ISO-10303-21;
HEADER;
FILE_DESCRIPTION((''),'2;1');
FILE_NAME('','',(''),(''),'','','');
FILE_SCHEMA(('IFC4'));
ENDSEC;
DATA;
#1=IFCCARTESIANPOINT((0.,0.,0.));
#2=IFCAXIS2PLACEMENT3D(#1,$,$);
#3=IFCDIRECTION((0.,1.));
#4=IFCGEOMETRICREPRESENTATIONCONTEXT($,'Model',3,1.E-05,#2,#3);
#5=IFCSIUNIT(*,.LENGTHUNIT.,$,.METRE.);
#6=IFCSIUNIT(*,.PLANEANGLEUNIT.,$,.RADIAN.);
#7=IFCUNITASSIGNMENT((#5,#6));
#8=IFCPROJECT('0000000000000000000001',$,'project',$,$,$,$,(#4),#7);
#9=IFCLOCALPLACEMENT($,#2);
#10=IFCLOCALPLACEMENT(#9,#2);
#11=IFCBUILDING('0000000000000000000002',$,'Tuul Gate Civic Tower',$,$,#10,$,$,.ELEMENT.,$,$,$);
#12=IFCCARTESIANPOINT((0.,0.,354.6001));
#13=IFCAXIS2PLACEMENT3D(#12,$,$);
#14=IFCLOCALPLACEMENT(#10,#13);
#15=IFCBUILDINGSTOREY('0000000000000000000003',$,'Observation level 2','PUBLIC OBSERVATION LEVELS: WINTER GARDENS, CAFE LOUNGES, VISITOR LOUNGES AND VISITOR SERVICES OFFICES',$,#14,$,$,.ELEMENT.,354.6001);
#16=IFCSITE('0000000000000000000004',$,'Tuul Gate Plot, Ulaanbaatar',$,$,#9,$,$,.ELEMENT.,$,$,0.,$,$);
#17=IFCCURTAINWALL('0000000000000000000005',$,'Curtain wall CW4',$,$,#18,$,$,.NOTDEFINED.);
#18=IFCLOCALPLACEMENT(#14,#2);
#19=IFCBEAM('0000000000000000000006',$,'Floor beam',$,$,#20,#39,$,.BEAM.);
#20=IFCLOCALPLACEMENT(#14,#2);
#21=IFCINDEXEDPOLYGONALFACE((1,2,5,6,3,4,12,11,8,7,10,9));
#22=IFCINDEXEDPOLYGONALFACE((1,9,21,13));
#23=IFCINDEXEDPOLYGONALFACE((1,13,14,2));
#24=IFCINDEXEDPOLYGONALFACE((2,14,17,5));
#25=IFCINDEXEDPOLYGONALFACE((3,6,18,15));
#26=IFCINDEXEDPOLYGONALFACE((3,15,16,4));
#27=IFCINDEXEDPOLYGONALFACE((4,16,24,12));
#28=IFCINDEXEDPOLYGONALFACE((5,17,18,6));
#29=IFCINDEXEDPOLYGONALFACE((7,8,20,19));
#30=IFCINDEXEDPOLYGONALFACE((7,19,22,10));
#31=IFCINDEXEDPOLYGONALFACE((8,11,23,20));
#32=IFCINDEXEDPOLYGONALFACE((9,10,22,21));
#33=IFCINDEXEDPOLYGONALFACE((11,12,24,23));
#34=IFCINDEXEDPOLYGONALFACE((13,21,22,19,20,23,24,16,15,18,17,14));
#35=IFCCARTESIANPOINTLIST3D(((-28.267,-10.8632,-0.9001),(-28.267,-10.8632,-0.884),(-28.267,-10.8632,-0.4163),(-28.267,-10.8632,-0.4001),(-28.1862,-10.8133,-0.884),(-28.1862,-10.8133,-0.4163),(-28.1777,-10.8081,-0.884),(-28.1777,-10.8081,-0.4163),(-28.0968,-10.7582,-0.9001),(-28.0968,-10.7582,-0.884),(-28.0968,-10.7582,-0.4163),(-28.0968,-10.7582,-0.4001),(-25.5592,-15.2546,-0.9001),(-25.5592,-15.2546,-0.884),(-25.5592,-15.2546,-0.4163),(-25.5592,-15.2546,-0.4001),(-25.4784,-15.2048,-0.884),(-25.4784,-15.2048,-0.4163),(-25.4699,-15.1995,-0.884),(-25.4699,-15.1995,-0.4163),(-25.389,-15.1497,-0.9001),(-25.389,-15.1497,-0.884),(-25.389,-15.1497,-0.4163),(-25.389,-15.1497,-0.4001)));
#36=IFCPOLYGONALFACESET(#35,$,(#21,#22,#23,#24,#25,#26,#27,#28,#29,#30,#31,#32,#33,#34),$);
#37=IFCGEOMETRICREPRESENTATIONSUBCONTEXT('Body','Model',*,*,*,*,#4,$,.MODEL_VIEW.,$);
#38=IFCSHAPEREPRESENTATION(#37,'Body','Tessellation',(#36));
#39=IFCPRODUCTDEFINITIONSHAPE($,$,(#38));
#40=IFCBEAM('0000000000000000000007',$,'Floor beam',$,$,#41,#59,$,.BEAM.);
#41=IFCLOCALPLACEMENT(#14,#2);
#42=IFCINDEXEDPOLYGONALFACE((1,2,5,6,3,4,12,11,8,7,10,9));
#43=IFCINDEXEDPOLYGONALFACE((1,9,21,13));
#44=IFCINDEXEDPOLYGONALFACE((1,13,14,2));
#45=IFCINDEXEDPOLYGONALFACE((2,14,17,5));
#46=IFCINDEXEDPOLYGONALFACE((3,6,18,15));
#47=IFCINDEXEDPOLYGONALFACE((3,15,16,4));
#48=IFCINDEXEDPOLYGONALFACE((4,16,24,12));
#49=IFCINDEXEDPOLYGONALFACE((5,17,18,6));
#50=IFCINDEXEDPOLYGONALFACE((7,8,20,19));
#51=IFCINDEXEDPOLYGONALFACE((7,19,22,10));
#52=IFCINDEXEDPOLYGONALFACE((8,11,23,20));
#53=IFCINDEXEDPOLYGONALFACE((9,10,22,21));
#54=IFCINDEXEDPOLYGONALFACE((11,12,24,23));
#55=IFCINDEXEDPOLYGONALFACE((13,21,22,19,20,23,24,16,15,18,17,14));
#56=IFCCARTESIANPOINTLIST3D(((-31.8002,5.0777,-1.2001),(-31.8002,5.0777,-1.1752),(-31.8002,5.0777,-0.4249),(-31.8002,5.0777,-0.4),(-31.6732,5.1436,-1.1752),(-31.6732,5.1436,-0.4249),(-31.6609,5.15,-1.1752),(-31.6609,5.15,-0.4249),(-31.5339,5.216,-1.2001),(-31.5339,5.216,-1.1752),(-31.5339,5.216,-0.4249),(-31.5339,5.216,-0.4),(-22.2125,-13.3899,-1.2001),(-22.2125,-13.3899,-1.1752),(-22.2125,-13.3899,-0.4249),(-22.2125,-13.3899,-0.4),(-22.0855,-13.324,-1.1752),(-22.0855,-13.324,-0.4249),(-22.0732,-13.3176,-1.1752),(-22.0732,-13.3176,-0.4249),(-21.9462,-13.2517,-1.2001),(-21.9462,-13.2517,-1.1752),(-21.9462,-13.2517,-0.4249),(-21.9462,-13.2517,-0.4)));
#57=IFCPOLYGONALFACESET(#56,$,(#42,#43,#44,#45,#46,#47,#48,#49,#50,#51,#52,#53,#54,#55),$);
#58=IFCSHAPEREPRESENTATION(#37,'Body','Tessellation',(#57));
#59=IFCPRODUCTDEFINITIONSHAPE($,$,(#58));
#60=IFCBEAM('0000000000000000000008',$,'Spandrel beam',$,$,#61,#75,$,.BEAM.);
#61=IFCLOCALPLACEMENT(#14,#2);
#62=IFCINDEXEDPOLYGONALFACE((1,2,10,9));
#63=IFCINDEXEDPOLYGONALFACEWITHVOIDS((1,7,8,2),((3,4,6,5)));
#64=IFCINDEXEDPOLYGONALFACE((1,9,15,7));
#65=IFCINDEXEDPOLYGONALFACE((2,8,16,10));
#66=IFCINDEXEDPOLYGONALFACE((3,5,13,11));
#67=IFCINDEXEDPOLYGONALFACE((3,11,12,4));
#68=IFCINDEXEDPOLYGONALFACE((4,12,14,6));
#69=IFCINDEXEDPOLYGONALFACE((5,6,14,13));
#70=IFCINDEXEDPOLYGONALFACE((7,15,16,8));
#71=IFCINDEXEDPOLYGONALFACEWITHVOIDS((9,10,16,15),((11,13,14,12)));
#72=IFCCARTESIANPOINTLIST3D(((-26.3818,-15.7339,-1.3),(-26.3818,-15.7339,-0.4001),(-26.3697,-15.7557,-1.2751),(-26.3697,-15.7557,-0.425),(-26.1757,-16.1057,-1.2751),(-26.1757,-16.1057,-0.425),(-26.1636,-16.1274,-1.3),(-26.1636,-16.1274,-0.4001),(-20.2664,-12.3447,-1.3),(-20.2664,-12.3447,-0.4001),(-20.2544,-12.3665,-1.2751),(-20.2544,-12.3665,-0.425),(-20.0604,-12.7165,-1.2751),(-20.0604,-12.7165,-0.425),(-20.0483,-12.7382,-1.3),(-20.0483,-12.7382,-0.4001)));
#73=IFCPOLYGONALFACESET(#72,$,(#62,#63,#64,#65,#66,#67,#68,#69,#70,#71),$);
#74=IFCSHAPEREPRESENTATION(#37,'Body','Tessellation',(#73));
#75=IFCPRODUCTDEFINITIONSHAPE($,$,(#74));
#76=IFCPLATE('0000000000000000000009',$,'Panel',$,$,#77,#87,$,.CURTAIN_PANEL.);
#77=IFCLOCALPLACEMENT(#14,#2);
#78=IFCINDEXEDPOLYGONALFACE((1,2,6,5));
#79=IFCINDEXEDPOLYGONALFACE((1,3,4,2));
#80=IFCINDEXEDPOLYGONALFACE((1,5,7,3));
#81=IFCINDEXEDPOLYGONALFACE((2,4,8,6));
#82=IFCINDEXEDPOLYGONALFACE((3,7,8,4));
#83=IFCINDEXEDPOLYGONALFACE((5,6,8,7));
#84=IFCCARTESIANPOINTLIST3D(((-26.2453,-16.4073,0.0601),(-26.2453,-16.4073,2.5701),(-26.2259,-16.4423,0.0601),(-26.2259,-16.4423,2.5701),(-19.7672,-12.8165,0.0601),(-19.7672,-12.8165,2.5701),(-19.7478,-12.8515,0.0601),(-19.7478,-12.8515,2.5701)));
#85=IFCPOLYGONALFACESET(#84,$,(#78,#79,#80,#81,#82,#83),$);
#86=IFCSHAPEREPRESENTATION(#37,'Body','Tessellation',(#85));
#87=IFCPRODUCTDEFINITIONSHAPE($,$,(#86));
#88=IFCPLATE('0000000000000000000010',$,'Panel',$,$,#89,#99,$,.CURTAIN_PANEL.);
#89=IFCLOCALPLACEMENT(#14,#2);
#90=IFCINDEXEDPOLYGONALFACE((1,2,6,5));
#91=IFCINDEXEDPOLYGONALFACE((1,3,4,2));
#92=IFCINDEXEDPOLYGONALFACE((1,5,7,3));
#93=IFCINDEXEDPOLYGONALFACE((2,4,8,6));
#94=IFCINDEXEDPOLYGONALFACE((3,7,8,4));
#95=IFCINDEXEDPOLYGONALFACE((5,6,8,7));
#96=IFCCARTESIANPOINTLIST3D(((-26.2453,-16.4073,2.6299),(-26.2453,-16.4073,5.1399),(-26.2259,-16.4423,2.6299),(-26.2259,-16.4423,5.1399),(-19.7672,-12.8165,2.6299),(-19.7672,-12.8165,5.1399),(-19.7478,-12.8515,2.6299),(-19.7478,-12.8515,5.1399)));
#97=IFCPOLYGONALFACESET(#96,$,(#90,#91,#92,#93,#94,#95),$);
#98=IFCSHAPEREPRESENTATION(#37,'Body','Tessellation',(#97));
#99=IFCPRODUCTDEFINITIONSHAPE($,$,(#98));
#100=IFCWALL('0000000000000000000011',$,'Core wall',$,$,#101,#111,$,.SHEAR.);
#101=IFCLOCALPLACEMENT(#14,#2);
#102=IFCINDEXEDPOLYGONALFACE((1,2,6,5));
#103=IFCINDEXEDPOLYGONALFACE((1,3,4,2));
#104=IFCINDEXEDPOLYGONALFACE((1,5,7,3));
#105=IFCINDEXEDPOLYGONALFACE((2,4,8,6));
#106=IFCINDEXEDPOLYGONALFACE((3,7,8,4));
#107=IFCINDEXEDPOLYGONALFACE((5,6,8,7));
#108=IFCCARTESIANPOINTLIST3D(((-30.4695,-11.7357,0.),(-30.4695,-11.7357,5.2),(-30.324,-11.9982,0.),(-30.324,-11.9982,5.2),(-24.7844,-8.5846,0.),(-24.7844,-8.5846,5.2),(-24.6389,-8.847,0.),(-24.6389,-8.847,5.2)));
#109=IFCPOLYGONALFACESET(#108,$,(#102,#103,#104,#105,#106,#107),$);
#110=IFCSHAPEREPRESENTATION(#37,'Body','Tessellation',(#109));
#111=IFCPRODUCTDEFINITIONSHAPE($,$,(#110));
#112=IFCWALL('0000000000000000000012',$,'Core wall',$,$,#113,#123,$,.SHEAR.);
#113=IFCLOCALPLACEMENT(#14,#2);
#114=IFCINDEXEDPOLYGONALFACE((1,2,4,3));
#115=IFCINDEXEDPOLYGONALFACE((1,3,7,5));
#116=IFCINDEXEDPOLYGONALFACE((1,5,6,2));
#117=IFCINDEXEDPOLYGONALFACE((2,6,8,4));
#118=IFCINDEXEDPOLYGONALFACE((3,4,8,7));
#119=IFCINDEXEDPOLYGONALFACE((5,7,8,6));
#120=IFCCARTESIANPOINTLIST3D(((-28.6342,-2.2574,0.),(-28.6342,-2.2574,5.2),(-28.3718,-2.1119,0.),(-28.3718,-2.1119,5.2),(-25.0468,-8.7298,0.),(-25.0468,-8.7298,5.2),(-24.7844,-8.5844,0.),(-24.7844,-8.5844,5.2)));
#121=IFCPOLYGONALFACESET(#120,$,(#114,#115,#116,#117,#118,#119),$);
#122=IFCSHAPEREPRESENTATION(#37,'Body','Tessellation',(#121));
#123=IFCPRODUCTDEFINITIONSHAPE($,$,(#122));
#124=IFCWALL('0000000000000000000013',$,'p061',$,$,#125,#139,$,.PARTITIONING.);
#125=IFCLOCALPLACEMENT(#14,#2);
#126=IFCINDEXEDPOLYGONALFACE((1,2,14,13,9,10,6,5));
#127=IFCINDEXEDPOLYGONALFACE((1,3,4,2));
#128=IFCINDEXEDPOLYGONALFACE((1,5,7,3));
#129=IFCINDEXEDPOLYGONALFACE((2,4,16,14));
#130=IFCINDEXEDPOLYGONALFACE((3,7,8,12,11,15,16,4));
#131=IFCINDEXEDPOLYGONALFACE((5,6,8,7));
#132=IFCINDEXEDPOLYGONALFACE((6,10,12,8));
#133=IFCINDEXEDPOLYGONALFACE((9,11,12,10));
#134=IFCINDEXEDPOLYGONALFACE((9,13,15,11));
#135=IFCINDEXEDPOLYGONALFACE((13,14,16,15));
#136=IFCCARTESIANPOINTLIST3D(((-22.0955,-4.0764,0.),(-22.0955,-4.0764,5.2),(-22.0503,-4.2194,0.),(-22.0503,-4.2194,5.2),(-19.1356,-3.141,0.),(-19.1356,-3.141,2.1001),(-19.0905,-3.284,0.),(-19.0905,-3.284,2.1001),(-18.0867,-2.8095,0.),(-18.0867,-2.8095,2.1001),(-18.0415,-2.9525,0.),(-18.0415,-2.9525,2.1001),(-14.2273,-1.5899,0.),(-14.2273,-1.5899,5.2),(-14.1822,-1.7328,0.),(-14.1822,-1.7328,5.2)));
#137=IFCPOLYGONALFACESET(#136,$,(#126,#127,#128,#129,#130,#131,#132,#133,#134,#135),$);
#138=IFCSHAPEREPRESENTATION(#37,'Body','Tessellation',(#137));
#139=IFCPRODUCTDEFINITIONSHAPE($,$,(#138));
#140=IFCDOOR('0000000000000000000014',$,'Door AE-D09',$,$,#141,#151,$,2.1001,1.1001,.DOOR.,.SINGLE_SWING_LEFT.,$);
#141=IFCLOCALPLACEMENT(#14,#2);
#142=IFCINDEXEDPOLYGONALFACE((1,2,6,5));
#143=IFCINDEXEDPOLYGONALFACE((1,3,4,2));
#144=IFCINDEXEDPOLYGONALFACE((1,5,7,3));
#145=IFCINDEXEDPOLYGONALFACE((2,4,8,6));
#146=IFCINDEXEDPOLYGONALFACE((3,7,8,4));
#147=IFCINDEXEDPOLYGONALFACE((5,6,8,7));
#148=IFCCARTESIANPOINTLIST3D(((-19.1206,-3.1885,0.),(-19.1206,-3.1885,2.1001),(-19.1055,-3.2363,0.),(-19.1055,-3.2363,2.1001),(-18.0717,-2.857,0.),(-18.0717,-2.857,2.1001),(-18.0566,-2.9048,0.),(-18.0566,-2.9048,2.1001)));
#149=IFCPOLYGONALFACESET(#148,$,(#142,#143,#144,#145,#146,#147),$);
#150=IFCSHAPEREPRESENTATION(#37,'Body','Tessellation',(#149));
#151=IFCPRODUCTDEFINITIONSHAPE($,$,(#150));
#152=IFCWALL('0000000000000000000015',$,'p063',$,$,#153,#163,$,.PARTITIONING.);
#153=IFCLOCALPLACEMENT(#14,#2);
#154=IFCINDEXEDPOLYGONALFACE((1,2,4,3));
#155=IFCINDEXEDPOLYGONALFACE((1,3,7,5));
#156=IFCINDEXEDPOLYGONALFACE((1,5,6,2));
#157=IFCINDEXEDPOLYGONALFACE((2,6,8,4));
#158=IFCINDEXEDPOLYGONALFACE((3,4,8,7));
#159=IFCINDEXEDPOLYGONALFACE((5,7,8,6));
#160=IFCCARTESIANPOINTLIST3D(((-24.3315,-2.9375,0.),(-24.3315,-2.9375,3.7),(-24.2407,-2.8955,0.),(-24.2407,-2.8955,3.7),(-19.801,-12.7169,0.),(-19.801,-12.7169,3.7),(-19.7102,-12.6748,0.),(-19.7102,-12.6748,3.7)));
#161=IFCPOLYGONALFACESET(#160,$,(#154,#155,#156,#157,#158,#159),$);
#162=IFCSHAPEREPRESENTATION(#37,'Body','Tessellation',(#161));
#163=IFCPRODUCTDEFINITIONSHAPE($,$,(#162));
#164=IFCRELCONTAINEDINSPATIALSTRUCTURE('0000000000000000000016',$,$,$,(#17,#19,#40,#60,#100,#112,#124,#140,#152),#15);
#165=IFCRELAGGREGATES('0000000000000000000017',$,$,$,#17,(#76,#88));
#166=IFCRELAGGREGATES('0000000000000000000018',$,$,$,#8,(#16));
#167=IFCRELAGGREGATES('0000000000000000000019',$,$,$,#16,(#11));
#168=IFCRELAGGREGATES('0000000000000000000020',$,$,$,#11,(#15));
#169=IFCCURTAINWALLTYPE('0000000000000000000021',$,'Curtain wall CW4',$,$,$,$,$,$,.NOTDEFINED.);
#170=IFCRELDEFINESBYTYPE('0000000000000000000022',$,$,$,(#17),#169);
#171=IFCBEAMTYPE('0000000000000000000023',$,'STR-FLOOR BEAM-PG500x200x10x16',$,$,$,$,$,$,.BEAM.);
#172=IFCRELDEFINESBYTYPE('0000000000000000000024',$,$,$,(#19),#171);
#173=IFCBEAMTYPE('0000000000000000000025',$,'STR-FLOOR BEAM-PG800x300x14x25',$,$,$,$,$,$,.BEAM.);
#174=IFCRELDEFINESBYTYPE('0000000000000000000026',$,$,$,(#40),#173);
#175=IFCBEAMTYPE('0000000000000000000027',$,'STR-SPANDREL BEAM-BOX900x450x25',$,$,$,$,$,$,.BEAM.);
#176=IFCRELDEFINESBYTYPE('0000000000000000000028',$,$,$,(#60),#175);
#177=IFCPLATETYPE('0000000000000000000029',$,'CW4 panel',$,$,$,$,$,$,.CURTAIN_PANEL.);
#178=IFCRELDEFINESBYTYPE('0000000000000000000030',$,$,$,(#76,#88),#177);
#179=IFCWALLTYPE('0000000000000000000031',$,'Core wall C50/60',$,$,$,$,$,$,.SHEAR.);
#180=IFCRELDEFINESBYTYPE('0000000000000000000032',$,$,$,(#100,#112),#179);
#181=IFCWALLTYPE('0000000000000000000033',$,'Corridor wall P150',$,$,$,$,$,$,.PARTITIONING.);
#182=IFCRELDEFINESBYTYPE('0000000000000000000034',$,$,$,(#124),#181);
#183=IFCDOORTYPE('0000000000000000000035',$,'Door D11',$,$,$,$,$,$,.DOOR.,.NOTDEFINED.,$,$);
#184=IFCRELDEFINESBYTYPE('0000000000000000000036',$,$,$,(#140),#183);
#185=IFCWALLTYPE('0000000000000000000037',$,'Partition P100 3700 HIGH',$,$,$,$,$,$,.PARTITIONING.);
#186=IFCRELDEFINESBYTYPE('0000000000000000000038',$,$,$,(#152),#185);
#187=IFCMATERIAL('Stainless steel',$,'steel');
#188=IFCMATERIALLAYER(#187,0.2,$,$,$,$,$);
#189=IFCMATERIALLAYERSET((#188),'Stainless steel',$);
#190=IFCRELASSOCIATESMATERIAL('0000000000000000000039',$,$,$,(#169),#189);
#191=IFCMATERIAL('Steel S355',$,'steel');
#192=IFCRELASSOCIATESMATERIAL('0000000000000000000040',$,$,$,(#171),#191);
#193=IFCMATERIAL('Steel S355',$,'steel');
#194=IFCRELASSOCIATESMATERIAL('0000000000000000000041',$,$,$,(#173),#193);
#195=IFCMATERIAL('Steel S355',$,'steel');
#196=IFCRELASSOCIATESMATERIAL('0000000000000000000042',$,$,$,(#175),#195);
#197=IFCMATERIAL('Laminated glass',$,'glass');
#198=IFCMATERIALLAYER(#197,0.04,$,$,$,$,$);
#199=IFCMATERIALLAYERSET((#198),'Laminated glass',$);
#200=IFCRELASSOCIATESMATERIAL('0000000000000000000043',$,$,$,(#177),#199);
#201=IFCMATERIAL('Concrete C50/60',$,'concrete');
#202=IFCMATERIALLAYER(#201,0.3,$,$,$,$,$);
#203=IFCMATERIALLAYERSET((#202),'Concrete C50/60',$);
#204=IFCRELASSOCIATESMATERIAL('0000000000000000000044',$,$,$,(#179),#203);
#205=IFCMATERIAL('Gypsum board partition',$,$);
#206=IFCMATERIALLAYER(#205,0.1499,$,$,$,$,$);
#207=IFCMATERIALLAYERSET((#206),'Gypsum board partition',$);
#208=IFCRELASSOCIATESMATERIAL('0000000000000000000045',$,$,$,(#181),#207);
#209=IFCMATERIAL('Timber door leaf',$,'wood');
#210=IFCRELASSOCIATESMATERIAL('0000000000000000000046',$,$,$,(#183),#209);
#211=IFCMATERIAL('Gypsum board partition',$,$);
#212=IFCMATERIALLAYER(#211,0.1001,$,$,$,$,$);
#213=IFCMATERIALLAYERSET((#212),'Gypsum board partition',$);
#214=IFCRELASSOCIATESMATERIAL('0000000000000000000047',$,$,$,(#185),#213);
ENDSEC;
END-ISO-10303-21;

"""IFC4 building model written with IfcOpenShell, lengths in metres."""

from ifc_helpers import new_model, si_unit, direction, frame, frame_2d, origin, origin_2d, place, context, subcontext, project, spatial, rectangle, hollow_rectangle, i_section, extrude, material, layer, layer_set, material_profile, profile_set, type_object, element, fill, aggregate, save


model = new_model("IFC4")

# Units and contexts
model_context = context("Model", 3, precision=1e-05, world=origin(), true_north=direction((0.0, 1.0)))
body_context = subcontext(model_context, "Body", "Model", "MODEL_VIEW")
ifc_project = project(units=[si_unit("LENGTHUNIT", "METRE"), si_unit("PLANEANGLEUNIT", "RADIAN")], contexts=[model_context])

# Site, building, storey
site_placement = place(None, origin())
site = spatial("IfcSite", under=ifc_project, at=site_placement, Name="Tuul Gate Plot, Ulaanbaatar", CompositionType="ELEMENT", RefElevation=0.0)
building_placement = place(site_placement, origin())
building = spatial("IfcBuilding", under=site, at=building_placement, Name="Tuul Gate Civic Tower", CompositionType="ELEMENT")
storey_placement = place(building_placement, frame((0.0, 0.0, 354.6001)))
storey = spatial("IfcBuildingStorey", under=building, at=storey_placement, Name="Observation level 2", Description="PUBLIC OBSERVATION LEVELS: WINTER GARDENS, CAFE LOUNGES, VISITOR LOUNGES AND VISITOR SERVICES OFFICES", CompositionType="ELEMENT", Elevation=354.6001)

# Shared definitions
ifc_material_1 = material(Name="Stainless steel", Category="steel")
ifc_layer_1 = layer(ifc_material_1, 0.2)
ifc_layer_set_1 = layer_set([ifc_layer_1], Name="Stainless steel")
curtain_wall_type = type_object("IfcCurtainWallType", Name="Curtain wall CW4", PredefinedType="NOTDEFINED", material=ifc_layer_set_1)

# Curtain wall
curtain_wall_1_placement = place(storey_placement, origin())
curtain_wall_1 = element("IfcCurtainWall", 1, at=curtain_wall_1_placement, inside=storey, type_object=curtain_wall_type, Name="Curtain wall CW4", PredefinedType="NOTDEFINED")

# Beams
ifc_material_2 = material(Name="Steel S355", Category="steel")
ifc_material_profile_1 = material_profile(ifc_material_2, i_section(OverallWidth=0.2, OverallDepth=0.5, WebThickness=0.01, FlangeThickness=0.0161, at=origin_2d()), Name="PG500x200x10x16")
ifc_profile_set_1 = profile_set([ifc_material_profile_1], Name="Steel S355")
beam_type_1 = type_object("IfcBeamType", Name="STR-FLOOR BEAM-PG500x200x10x16", PredefinedType="BEAM", material=ifc_profile_set_1)
beam_1_placement = place(storey_placement, frame((-25.4741, -15.2021, -0.6501), z_axis=(-0.524855, 0.851192, 0.0), x_axis=(-0.851192, -0.524855, 0.0)))
element("IfcBeam", 2, at=beam_1_placement, inside=storey, type_object=beam_type_1, Name="Floor beam", PredefinedType="BEAM", context=body_context, shape_type="SweptSolid", body=[
    extrude(i_section(OverallWidth=0.2, OverallDepth=0.5, WebThickness=0.01, FlangeThickness=0.0161, at=origin_2d()), origin(), (0.0, 0.0, 1.0), 5.1592),
])
ifc_material_3 = material(Name="Steel S355", Category="steel")
ifc_material_profile_2 = material_profile(ifc_material_3, i_section(OverallWidth=0.3, OverallDepth=0.8, WebThickness=0.0139, FlangeThickness=0.0249, at=origin_2d()), Name="PG800x300x14x25")
ifc_profile_set_2 = profile_set([ifc_material_profile_2], Name="Steel S355")
beam_type_2 = type_object("IfcBeamType", Name="STR-FLOOR BEAM-PG800x300x14x25", PredefinedType="BEAM", material=ifc_profile_set_2)
beam_2_placement = place(storey_placement, frame((-22.0793, -13.3208, -0.8), z_axis=(-0.460767, 0.887521, 0.0), x_axis=(-0.887521, -0.460767, 0.0)))
element("IfcBeam", 3, at=beam_2_placement, inside=storey, type_object=beam_type_2, Name="Floor beam", PredefinedType="BEAM", context=body_context, shape_type="SweptSolid", body=[
    extrude(i_section(OverallWidth=0.3, OverallDepth=0.8, WebThickness=0.0139, FlangeThickness=0.0249, at=origin_2d()), origin(), (0.0, 0.0, 1.0), 20.8081),
])
ifc_material_4 = material(Name="Steel S355", Category="steel")
ifc_material_profile_3 = material_profile(ifc_material_4, hollow_rectangle(XDim=0.45, YDim=0.8999, WallThickness=0.0249, at=origin_2d()), Name="BOX900x450x25")
ifc_profile_set_3 = profile_set([ifc_material_profile_3], Name="Steel S355")
beam_type_3 = type_object("IfcBeamType", Name="STR-SPANDREL BEAM-BOX900x450x25", PredefinedType="BEAM", material=ifc_profile_set_3)
beam_3_placement = place(storey_placement, frame((-26.2727, -15.9307, -0.8501), z_axis=(0.874654, 0.484747, 0.0), x_axis=(-0.484747, 0.874654, 0.0)))
element("IfcBeam", 4, at=beam_3_placement, inside=storey, type_object=beam_type_3, Name="Spandrel beam", PredefinedType="BEAM", context=body_context, shape_type="SweptSolid", body=[
    extrude(hollow_rectangle(XDim=0.45, YDim=0.8999, WallThickness=0.0249, at=origin_2d()), origin(), (0.0, 0.0, 1.0), 6.9917),
])

# Plates
ifc_material_5 = material(Name="Laminated glass", Category="glass")
ifc_layer_2 = layer(ifc_material_5, 0.04)
ifc_layer_set_2 = layer_set([ifc_layer_2], Name="Laminated glass")
plate_type = type_object("IfcPlateType", Name="CW4 panel", PredefinedType="CURTAIN_PANEL", material=ifc_layer_set_2)
plate_1_placement = place(storey_placement, frame((-22.9966, -14.6294, 0.0601), z_axis=(0.0, 0.0, 1.0), x_axis=(0.874621, 0.484808, 0.0)))
plate_1 = element("IfcPlate", 5, at=plate_1_placement, type_object=plate_type, Name="Panel", PredefinedType="CURTAIN_PANEL", context=body_context, shape_type="SweptSolid", body=[
    extrude(rectangle(XDim=7.4067, YDim=0.04, at=origin_2d()), origin(), (0.0, 0.0, 1.0), 2.51),
])
plate_2_placement = place(storey_placement, frame((-22.9966, -14.6294, 2.6299), z_axis=(0.0, 0.0, 1.0), x_axis=(0.874621, 0.484808, 0.0)))
plate_2 = element("IfcPlate", 6, at=plate_2_placement, type_object=plate_type, Name="Panel", PredefinedType="CURTAIN_PANEL", context=body_context, shape_type="SweptSolid", body=[
    extrude(rectangle(XDim=7.4067, YDim=0.04, at=origin_2d()), origin(), (0.0, 0.0, 1.0), 2.51),
])
aggregate(curtain_wall_1, [plate_1, plate_2])

# Walls
ifc_material_6 = material(Name="Concrete C50/60", Category="concrete")
ifc_layer_3 = layer(ifc_material_6, 0.3)
ifc_layer_set_3 = layer_set([ifc_layer_3], Name="Concrete C50/60")
wall_type_1 = type_object("IfcWallType", Name="Core wall C50/60", PredefinedType="SHEAR", material=ifc_layer_set_3)
wall_1_placement = place(storey_placement, frame((-24.7117, -8.7158, 0.0), z_axis=(0.0, 0.0, 1.0), x_axis=(-0.87463, -0.484791, 0.0)))
element("IfcWall", 7, at=wall_1_placement, inside=storey, type_object=wall_type_1, Name="Core wall", PredefinedType="SHEAR", context=body_context, shape_type="SweptSolid", body=[
    extrude(rectangle(XDim=6.5, YDim=0.3, at=frame_2d((3.25, 0.0))), origin(), (0.0, 0.0, 1.0), 5.2),
])
wall_2_placement = place(storey_placement, frame((-24.9155, -8.6572, 0.0), z_axis=(0.0, 0.0, 1.0), x_axis=(-0.484777, 0.874638, 0.0)))
element("IfcWall", 8, at=wall_2_placement, inside=storey, type_object=wall_type_1, Name="Core wall", PredefinedType="SHEAR", context=body_context, shape_type="SweptSolid", body=[
    extrude(rectangle(XDim=7.4001, YDim=0.3, at=frame_2d((3.7002, 0.0))), origin(), (0.0, 0.0, 1.0), 5.2),
])

# Wall, opening, door
ifc_material_7 = material(Name="Gypsum board partition")
ifc_layer_4 = layer(ifc_material_7, 0.1499)
ifc_layer_set_4 = layer_set([ifc_layer_4], Name="Gypsum board partition")
wall_type_2 = type_object("IfcWallType", Name="Corridor wall P150", PredefinedType="PARTITIONING", material=ifc_layer_set_4)
wall_3_placement = place(storey_placement, frame((-22.073, -4.1479, 0.0), z_axis=(0.0, 0.0, 1.0), x_axis=(0.953517, 0.30134, 0.0)))
wall_3 = element("IfcWall", 9, at=wall_3_placement, inside=storey, type_object=wall_type_2, Name="p061", PredefinedType="PARTITIONING", context=body_context, shape_type="SweptSolid", body=[
    extrude(rectangle(XDim=8.2517, YDim=0.1499, at=frame_2d((4.126, 0.0))), origin(), (0.0, 0.0, 1.0), 5.2),
])
opening_placement = place(wall_3_placement, frame((3.1042, 0.0, 0.0)))
opening = element("IfcOpeningElement", 10, at=opening_placement, cuts=wall_3, PredefinedType="OPENING", context=body_context, shape_type="SweptSolid", body=[
    extrude(rectangle(XDim=1.1001, YDim=2.1001, at=frame_2d((0.55, 1.05))), frame((0.0, 0.085, 0.0), z_axis=(0.0, -1.0, 0.0), x_axis=(1.0, 0.0, 0.0)), (0.0, 0.0, 1.0), 0.1699),
])
ifc_material_8 = material(Name="Timber door leaf", Category="wood")
door_type = type_object("IfcDoorType", Name="Door D11", OperationType="NOTDEFINED", PredefinedType="DOOR", material=ifc_material_8)
door_placement = place(opening_placement, frame((1.1001, 0.0, 0.0), z_axis=(0.0, 0.0, 1.0), x_axis=(-1.0, 0.0, 0.0)))
door = element("IfcDoor", 11, at=door_placement, inside=storey, type_object=door_type, Name="Door AE-D09", OperationType="SINGLE_SWING_LEFT", OverallHeight=2.1001, OverallWidth=1.1001, PredefinedType="DOOR", context=body_context, shape_type="SweptSolid", body=[
    extrude(rectangle(XDim=1.1001, YDim=2.1001, at=frame_2d((0.55, 1.05))), frame((0.0, 0.0249, 0.0), z_axis=(0.0, -1.0, 0.0), x_axis=(1.0, 0.0, 0.0)), (0.0, 0.0, 1.0), 0.05),
])
fill(opening, door)

# Wall
ifc_material_9 = material(Name="Gypsum board partition")
ifc_layer_5 = layer(ifc_material_9, 0.1001)
ifc_layer_set_5 = layer_set([ifc_layer_5], Name="Gypsum board partition")
wall_type_3 = type_object("IfcWallType", Name="Partition P100 3700 HIGH", PredefinedType="PARTITIONING", material=ifc_layer_set_5)
wall_4_placement = place(storey_placement, frame((-24.2861, -2.9165, 0.0), z_axis=(0.0, 0.0, 1.0), x_axis=(0.420358, -0.907358, 0.0)))
element("IfcWall", 12, at=wall_4_placement, inside=storey, type_object=wall_type_3, Name="p063", PredefinedType="PARTITIONING", context=body_context, shape_type="SweptSolid", body=[
    extrude(rectangle(XDim=10.7778, YDim=0.1001, at=frame_2d((5.3889, 0.0))), origin(), (0.0, 0.0, 1.0), 3.7),
])

save(model, "model.ifc")
